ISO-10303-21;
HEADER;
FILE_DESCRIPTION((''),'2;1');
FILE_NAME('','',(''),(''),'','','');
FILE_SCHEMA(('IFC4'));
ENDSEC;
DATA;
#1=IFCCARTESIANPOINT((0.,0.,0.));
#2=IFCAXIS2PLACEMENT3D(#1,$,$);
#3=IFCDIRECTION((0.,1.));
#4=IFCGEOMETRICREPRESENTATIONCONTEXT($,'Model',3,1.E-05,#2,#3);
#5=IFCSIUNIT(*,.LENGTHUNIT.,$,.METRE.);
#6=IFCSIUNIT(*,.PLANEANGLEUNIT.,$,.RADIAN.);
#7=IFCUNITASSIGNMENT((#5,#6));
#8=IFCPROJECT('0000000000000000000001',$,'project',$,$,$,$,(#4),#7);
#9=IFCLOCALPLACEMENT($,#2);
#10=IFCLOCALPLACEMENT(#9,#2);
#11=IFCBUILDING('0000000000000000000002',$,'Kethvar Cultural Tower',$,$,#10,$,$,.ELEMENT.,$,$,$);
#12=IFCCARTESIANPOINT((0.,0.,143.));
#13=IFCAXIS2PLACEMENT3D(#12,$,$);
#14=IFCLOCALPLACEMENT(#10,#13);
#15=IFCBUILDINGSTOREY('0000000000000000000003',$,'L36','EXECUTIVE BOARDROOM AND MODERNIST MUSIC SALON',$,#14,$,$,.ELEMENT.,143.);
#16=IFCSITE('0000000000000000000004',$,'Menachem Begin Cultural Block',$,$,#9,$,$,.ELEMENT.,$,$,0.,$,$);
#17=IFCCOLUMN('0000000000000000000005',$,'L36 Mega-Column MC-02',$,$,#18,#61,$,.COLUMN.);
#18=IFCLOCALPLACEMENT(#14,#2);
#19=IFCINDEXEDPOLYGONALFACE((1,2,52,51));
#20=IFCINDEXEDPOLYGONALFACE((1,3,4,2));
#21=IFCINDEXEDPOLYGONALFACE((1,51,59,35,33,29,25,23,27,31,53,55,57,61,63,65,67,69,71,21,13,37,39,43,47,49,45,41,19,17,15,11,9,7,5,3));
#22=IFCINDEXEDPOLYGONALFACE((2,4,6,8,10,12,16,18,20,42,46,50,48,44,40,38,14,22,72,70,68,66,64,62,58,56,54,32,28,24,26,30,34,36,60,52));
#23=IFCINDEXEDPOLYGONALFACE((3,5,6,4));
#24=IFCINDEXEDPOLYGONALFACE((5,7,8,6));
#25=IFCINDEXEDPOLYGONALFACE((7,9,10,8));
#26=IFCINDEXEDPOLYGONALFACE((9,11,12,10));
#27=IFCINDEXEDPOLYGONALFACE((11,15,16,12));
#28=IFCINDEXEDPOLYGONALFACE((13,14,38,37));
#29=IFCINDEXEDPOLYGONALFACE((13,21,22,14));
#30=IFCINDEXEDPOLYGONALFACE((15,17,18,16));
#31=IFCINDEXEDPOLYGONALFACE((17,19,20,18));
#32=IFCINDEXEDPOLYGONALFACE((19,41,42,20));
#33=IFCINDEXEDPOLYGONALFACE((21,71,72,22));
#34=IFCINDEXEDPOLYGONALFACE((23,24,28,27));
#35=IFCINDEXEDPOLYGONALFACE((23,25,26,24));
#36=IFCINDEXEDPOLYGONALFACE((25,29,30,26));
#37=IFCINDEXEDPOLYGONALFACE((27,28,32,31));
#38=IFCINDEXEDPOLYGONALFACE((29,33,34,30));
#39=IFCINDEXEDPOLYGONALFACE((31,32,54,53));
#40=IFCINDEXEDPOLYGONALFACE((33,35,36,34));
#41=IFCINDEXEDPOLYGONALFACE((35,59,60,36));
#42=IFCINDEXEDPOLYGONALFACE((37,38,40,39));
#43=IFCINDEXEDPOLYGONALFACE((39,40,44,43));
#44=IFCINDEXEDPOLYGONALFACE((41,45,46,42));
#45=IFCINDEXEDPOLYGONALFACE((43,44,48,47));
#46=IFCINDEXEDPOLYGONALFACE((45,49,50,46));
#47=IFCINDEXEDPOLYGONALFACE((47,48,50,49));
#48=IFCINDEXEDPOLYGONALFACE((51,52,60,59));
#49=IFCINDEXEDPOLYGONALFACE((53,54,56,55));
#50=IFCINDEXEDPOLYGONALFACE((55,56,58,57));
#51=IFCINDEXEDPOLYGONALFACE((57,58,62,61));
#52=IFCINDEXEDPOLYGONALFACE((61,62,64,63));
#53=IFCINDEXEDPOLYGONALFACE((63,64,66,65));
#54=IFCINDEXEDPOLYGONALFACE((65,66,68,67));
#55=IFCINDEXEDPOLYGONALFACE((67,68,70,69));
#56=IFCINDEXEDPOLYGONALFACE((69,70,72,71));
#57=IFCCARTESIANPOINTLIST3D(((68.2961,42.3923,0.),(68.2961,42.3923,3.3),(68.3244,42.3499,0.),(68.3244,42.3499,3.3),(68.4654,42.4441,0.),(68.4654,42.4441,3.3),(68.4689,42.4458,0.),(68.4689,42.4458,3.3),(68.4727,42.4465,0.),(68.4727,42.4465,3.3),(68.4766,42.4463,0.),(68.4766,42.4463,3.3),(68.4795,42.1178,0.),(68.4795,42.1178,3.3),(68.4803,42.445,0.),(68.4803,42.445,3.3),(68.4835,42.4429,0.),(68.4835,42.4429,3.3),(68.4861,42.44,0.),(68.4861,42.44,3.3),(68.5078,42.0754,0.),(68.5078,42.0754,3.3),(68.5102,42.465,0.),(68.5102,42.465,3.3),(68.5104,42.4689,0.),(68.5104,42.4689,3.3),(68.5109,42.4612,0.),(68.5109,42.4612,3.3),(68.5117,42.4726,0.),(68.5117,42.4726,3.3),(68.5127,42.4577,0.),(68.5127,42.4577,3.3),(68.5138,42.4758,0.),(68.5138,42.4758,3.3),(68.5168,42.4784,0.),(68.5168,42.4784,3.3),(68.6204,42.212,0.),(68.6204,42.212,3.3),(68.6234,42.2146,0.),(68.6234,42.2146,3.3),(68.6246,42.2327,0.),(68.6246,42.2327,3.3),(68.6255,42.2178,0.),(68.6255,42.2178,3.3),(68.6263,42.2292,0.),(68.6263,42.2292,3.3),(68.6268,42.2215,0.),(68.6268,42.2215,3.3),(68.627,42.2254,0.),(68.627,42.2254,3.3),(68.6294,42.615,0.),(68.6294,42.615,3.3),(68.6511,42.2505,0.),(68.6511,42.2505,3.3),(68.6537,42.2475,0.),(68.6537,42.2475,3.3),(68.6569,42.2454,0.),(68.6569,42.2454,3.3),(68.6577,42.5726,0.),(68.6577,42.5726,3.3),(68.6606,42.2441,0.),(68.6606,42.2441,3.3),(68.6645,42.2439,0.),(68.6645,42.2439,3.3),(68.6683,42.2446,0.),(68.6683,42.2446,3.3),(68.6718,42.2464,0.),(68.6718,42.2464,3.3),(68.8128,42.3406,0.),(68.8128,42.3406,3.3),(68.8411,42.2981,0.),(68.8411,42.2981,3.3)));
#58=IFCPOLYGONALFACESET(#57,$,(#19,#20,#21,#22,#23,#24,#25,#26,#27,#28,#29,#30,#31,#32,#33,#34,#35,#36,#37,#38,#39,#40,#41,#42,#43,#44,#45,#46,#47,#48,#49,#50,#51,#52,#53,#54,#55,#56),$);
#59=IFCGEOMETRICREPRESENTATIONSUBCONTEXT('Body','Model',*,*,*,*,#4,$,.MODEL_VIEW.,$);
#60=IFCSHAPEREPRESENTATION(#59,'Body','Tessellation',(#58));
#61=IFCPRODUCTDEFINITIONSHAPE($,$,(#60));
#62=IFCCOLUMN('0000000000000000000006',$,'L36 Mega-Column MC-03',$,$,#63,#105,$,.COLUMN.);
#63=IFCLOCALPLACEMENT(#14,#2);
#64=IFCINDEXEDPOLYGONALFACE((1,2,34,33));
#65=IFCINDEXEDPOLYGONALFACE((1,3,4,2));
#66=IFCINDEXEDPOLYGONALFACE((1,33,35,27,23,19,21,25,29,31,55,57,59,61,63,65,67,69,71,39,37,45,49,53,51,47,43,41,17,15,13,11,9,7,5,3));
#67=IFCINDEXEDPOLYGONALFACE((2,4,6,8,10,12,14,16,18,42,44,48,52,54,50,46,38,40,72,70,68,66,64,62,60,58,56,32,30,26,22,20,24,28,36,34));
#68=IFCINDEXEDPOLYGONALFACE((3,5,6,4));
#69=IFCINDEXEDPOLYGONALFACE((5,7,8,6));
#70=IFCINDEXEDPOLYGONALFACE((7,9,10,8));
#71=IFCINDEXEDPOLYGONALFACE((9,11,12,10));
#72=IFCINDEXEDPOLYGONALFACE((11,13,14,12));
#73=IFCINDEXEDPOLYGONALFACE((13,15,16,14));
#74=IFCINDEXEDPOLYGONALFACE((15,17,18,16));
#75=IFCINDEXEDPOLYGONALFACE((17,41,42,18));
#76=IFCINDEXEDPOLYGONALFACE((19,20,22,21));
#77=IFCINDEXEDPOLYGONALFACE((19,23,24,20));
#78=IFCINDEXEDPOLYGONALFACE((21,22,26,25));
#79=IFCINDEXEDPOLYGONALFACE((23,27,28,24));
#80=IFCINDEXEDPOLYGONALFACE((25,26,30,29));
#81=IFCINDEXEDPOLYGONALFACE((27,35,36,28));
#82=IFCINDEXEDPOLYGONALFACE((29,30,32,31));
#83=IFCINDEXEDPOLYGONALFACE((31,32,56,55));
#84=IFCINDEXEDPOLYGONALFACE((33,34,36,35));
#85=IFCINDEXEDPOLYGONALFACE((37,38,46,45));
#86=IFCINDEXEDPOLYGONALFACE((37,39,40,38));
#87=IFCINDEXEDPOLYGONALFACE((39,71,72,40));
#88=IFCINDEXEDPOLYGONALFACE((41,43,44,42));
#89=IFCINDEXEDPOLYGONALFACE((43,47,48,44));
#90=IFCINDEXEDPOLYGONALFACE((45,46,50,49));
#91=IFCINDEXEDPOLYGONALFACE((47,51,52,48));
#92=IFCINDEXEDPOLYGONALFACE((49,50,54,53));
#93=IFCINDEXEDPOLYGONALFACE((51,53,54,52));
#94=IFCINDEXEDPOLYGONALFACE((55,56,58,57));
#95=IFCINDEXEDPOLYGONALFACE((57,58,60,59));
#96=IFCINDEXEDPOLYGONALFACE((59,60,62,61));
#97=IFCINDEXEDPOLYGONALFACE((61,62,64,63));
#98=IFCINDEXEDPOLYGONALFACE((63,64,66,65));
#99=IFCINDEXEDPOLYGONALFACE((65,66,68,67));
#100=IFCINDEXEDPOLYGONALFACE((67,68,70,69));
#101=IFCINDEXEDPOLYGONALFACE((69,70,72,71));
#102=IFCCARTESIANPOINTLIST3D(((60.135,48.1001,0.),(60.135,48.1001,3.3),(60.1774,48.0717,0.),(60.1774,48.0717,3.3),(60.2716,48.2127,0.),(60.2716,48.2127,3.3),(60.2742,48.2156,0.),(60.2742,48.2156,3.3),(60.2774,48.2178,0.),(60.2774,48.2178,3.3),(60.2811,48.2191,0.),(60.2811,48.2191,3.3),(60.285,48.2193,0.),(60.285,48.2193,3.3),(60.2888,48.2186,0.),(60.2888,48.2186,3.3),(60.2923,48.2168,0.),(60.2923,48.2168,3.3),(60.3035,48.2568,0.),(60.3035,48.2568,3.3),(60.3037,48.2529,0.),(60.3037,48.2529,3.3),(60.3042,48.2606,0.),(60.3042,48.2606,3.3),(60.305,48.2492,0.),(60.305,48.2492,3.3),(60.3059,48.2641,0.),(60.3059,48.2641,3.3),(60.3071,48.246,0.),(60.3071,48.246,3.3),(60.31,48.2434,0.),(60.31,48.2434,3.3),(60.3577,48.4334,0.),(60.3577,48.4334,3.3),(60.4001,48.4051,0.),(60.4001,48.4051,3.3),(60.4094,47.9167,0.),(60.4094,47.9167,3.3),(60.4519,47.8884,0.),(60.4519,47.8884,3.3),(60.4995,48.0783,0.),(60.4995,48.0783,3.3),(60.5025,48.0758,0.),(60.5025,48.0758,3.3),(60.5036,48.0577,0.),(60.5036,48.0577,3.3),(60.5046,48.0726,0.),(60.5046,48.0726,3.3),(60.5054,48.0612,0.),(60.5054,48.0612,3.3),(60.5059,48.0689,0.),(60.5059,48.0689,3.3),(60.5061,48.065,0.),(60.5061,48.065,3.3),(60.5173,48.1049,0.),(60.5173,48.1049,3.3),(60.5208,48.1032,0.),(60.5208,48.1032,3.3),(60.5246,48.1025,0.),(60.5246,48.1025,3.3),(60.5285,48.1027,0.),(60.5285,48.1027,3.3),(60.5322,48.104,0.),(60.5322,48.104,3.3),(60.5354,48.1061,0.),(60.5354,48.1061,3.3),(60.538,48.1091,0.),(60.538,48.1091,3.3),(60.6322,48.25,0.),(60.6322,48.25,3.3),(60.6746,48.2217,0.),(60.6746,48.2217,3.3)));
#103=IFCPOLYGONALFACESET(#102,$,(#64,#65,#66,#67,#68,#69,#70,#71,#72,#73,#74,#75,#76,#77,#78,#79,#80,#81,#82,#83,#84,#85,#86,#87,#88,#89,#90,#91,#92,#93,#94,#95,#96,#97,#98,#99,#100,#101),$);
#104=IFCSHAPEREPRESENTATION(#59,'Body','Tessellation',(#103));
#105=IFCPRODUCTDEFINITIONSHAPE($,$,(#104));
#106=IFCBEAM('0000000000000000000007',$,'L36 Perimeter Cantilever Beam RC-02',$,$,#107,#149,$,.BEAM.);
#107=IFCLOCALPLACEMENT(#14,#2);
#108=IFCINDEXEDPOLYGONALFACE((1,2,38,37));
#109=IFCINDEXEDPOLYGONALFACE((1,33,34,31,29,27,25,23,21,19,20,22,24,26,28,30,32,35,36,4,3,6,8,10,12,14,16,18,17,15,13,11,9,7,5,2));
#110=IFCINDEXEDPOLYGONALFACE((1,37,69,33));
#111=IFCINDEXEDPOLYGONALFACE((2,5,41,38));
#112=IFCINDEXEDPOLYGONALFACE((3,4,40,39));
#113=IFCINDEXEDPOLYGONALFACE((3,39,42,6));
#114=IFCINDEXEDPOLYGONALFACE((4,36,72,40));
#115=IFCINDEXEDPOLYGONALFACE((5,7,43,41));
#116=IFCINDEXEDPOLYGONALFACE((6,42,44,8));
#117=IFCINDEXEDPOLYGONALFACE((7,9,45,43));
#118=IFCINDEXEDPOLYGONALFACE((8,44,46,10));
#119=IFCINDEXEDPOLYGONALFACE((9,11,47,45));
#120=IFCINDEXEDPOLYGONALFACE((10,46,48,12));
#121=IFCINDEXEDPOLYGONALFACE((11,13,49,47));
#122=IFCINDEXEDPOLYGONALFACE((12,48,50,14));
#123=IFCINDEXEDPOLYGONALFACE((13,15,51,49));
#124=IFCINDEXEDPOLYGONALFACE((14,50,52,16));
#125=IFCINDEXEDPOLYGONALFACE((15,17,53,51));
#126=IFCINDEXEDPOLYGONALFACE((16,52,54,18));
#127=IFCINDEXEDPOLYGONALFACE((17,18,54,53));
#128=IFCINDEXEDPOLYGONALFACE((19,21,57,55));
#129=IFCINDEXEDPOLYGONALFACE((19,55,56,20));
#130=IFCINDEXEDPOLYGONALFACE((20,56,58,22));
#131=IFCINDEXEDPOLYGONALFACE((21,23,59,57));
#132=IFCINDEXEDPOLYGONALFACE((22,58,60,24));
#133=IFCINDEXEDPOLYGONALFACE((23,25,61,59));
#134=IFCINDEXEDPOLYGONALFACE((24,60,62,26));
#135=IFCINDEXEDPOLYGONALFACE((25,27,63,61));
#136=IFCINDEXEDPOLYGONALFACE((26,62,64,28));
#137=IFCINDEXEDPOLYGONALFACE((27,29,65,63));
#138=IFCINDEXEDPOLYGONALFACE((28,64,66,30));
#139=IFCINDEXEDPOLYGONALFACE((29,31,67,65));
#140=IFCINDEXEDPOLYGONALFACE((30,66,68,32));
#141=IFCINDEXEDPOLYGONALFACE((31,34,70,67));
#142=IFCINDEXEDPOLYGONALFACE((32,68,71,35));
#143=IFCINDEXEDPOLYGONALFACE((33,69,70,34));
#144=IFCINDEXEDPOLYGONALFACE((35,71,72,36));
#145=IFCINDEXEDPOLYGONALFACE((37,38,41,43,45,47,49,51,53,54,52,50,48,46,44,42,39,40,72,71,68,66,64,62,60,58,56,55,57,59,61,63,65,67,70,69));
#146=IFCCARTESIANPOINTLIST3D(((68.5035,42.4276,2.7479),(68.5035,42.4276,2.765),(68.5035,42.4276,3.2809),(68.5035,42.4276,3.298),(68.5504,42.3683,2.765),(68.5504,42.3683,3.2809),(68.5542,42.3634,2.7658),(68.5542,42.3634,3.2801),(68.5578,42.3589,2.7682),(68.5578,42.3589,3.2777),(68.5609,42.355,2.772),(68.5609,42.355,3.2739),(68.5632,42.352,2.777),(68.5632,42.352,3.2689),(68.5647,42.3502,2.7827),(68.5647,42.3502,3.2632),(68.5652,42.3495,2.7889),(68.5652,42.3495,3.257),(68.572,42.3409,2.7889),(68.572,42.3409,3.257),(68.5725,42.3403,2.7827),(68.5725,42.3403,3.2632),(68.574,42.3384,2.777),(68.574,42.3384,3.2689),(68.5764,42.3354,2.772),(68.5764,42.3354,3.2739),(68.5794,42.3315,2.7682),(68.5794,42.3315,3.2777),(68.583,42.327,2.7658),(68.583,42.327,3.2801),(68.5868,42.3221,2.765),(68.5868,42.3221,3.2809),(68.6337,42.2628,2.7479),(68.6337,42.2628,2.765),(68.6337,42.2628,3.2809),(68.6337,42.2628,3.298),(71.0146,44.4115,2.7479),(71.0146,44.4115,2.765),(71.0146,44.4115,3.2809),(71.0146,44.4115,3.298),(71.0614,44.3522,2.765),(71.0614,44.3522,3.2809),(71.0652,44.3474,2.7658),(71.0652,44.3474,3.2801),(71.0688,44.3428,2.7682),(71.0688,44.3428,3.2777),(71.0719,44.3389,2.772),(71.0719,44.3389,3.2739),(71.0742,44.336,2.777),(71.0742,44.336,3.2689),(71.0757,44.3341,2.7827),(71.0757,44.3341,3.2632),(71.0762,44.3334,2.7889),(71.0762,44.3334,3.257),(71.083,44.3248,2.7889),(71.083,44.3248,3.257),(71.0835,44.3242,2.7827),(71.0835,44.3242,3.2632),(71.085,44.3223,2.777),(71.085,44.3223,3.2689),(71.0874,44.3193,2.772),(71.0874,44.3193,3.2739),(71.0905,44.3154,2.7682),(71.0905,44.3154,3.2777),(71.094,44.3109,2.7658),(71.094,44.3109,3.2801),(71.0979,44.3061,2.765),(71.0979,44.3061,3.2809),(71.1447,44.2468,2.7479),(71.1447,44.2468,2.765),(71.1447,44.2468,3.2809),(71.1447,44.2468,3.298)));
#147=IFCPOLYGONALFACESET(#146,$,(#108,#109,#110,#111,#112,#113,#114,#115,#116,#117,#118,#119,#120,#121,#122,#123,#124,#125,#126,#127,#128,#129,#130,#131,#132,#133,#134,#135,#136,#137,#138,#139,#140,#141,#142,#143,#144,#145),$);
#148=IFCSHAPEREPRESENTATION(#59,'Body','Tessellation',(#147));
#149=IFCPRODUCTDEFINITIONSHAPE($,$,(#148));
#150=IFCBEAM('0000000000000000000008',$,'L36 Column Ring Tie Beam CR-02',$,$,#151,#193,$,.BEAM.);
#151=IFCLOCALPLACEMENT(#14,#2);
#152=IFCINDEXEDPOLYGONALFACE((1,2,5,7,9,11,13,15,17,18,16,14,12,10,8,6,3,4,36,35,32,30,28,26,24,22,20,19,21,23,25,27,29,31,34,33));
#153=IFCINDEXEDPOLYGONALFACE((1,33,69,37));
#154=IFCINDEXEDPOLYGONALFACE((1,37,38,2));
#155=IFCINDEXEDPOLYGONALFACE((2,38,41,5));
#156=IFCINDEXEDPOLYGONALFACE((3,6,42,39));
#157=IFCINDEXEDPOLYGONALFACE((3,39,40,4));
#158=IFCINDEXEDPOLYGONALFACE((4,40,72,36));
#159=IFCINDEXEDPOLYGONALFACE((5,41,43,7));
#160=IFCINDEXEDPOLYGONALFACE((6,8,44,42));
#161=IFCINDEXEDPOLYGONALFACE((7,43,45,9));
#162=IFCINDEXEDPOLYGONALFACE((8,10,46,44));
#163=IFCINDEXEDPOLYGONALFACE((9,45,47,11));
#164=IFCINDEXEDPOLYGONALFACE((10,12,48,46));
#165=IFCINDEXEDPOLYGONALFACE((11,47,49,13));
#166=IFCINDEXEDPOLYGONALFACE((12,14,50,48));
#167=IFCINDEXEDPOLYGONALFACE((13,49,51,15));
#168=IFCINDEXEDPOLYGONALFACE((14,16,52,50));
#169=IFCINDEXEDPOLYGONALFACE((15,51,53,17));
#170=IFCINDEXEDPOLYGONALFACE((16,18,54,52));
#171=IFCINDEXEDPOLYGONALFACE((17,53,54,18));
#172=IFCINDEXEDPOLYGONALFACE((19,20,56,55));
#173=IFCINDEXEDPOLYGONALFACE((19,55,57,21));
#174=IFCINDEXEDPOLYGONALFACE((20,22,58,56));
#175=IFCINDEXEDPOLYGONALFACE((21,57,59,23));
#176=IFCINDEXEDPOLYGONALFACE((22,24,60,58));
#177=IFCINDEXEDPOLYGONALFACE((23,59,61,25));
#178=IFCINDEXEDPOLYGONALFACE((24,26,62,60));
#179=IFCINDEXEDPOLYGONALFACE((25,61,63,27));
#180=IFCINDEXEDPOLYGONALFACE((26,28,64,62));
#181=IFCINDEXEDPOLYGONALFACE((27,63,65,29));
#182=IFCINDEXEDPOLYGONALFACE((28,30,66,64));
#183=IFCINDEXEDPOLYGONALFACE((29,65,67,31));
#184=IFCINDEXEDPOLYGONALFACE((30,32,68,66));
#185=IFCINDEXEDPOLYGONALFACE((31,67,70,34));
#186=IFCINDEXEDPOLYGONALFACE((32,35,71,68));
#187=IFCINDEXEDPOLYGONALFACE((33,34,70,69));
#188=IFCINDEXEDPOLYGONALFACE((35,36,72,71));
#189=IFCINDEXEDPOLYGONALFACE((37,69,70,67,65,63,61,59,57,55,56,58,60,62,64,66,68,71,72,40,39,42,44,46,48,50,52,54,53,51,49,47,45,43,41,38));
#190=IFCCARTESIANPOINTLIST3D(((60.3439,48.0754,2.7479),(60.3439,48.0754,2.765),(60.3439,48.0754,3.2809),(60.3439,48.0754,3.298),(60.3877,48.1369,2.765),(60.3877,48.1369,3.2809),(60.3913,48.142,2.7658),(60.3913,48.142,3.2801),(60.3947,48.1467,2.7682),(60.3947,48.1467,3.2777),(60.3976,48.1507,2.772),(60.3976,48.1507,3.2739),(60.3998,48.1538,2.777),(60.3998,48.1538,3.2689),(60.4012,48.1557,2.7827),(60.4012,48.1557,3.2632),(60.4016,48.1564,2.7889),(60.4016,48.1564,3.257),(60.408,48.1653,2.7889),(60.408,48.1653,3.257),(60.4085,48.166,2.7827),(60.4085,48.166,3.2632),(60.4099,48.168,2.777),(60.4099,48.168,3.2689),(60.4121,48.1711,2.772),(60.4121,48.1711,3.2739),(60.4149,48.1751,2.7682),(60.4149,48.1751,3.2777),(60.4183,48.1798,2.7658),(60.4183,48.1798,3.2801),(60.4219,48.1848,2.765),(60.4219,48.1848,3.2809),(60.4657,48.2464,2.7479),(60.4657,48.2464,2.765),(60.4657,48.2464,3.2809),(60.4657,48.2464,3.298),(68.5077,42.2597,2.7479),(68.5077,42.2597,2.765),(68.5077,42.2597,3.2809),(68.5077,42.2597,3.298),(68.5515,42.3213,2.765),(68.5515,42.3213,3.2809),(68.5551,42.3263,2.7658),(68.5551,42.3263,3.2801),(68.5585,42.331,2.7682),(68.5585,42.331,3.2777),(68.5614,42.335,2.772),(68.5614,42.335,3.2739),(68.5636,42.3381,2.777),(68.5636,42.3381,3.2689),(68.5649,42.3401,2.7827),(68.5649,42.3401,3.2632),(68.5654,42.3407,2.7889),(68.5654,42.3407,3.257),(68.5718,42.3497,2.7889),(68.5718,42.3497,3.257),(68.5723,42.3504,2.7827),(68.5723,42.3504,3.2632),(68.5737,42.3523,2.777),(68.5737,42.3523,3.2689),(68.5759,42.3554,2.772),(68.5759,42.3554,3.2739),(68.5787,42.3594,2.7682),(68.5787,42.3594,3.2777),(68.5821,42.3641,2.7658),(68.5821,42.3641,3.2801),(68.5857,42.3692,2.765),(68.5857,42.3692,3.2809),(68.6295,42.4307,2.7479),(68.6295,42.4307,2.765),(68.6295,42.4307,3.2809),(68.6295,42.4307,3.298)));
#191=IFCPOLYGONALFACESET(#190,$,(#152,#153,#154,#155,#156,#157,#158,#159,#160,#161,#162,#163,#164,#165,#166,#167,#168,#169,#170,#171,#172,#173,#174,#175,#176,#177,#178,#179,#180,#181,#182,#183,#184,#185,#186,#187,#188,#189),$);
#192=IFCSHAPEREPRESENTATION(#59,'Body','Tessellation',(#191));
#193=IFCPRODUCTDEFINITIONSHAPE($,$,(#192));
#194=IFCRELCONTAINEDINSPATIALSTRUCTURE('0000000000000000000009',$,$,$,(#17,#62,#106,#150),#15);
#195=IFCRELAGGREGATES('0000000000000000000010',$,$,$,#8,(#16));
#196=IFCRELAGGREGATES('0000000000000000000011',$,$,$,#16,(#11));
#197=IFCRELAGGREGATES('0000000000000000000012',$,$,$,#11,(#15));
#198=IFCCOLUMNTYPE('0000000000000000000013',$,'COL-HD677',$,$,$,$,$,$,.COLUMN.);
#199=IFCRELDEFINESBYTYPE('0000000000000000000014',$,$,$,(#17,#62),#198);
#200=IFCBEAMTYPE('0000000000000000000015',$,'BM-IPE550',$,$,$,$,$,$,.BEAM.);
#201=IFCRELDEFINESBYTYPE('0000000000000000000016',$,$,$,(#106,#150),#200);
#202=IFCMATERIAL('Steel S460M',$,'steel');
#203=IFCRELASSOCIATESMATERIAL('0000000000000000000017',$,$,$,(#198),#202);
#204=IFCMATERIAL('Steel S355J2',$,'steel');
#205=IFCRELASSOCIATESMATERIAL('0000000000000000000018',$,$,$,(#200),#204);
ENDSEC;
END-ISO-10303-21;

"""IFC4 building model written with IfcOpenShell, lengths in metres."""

from ifc_helpers import new_model, si_unit, direction, frame, origin, origin_2d, place, context, subcontext, project, spatial, i_section, extrude, source, transform, mapped, material, material_profile, profile_set, type_object, element, save


model = new_model("IFC4")

# Units and contexts
model_context = context("Model", 3, precision=1e-05, world=origin(), true_north=direction((0.0, 1.0)))
body_context = subcontext(model_context, "Body", "Model", "MODEL_VIEW")
ifc_project = project(units=[si_unit("LENGTHUNIT", "METRE"), si_unit("PLANEANGLEUNIT", "RADIAN")], contexts=[model_context])

# Site, building, storey
site_placement = place(None, origin())
site = spatial("IfcSite", under=ifc_project, at=site_placement, Name="Menachem Begin Cultural Block", CompositionType="ELEMENT", RefElevation=0.0)
building_placement = place(site_placement, origin())
building = spatial("IfcBuilding", under=site, at=building_placement, Name="Kethvar Cultural Tower", CompositionType="ELEMENT")
storey_placement = place(building_placement, frame((0.0, 0.0, 143.0)))
storey = spatial("IfcBuildingStorey", under=building, at=storey_placement, Name="L36", Description="EXECUTIVE BOARDROOM AND MODERNIST MUSIC SALON", CompositionType="ELEMENT", Elevation=143.0)

# Columns
ifc_material_1 = material(Name="Steel S460M", Category="steel")
ifc_material_profile_1 = material_profile(ifc_material_1, i_section(OverallWidth=0.4009, OverallDepth=0.3811, WebThickness=0.032, FlangeThickness=0.051, FilletRadius=0.0149, at=origin_2d()), Name="Steel S460M — HD400x677")
ifc_profile_set_1 = profile_set([ifc_material_profile_1], Name="Steel S460M — HD400x677")
column_type = type_object("IfcColumnType", Name="COL-HD677", PredefinedType="COLUMN", material=ifc_profile_set_1)
shared_shape_1 = source(origin(), body_context, "Body", "SweptSolid", [
    extrude(i_section(OverallWidth=0.4009, OverallDepth=0.3811, WebThickness=0.032, FlangeThickness=0.051, FilletRadius=0.0149, at=origin_2d()), origin(), (0.0, 0.0, 1.0), 3.3),
])
for number, where, z_axis, x_axis, name in (
    (1, (68.5686, 42.3452, 0.0), (0.0, 0.0, 1.0), (0.83147, 0.55557, 0.0), "L36 Mega-Column MC-02"),
    (2, (60.4048, 48.1609, 0.0), (0.0, 0.0, 1.0), (0.55557, 0.83147, 0.0), "L36 Mega-Column MC-03"),
):
    element("IfcColumn", number, at=place(storey_placement, frame(where, z_axis=z_axis, x_axis=x_axis)), inside=storey, type_object=column_type, Name=name, PredefinedType="COLUMN", context=body_context, shape_type="MappedRepresentation", body=[
        mapped(shared_shape_1, transform((0.0, 0.0, 0.0), scale=1.0)),
    ])

# Beams
ifc_material_2 = material(Name="Steel S355J2", Category="steel")
ifc_material_profile_2 = material_profile(ifc_material_2, i_section(OverallWidth=0.21, OverallDepth=0.55, WebThickness=0.011, FlangeThickness=0.0171, FilletRadius=0.0239, at=origin_2d()), Name="Steel S355J2 — IPE550")
ifc_profile_set_2 = profile_set([ifc_material_profile_2], Name="Steel S355J2 — IPE550")
beam_type_1 = type_object("IfcBeamType", Name="BM-IPE550", PredefinedType="BEAM", material=ifc_profile_set_2)
shared_shape_2 = source(origin(), body_context, "Body", "SweptSolid", [
    extrude(i_section(OverallWidth=0.21, OverallDepth=0.55, WebThickness=0.011, FlangeThickness=0.0171, FilletRadius=0.0239, at=origin_2d()), origin(), (0.0, 0.0, 1.0), 3.2002),
])
beam_1_placement = place(storey_placement, frame((68.5686, 42.3452, 3.0229), z_axis=(0.78465, 0.619939, 0.0), x_axis=(-0.619939, 0.78465, 0.0)))
element("IfcBeam", 3, at=beam_1_placement, inside=storey, type_object=beam_type_1, Name="L36 Perimeter Cantilever Beam RC-02", PredefinedType="BEAM", context=body_context, shape_type="MappedRepresentation", body=[
    mapped(shared_shape_2, transform((0.0, 0.0, 0.0), scale=1.0)),
])
shared_shape_3 = source(origin(), body_context, "Body", "SweptSolid", [
    extrude(i_section(OverallWidth=0.21, OverallDepth=0.55, WebThickness=0.011, FlangeThickness=0.0171, FilletRadius=0.0239, at=origin_2d()), origin(), (0.0, 0.0, 1.0), 10.0234),
])
beam_2_placement = place(storey_placement, frame((68.5686, 42.3452, 3.0229), z_axis=(-0.81447, 0.580206, 0.0), x_axis=(-0.580206, -0.81447, 0.0)))
element("IfcBeam", 4, at=beam_2_placement, inside=storey, type_object=beam_type_1, Name="L36 Column Ring Tie Beam CR-02", PredefinedType="BEAM", context=body_context, shape_type="MappedRepresentation", body=[
    mapped(shared_shape_3, transform((0.0, 0.0, 0.0), scale=1.0)),
])

save(model, "model.ifc")
